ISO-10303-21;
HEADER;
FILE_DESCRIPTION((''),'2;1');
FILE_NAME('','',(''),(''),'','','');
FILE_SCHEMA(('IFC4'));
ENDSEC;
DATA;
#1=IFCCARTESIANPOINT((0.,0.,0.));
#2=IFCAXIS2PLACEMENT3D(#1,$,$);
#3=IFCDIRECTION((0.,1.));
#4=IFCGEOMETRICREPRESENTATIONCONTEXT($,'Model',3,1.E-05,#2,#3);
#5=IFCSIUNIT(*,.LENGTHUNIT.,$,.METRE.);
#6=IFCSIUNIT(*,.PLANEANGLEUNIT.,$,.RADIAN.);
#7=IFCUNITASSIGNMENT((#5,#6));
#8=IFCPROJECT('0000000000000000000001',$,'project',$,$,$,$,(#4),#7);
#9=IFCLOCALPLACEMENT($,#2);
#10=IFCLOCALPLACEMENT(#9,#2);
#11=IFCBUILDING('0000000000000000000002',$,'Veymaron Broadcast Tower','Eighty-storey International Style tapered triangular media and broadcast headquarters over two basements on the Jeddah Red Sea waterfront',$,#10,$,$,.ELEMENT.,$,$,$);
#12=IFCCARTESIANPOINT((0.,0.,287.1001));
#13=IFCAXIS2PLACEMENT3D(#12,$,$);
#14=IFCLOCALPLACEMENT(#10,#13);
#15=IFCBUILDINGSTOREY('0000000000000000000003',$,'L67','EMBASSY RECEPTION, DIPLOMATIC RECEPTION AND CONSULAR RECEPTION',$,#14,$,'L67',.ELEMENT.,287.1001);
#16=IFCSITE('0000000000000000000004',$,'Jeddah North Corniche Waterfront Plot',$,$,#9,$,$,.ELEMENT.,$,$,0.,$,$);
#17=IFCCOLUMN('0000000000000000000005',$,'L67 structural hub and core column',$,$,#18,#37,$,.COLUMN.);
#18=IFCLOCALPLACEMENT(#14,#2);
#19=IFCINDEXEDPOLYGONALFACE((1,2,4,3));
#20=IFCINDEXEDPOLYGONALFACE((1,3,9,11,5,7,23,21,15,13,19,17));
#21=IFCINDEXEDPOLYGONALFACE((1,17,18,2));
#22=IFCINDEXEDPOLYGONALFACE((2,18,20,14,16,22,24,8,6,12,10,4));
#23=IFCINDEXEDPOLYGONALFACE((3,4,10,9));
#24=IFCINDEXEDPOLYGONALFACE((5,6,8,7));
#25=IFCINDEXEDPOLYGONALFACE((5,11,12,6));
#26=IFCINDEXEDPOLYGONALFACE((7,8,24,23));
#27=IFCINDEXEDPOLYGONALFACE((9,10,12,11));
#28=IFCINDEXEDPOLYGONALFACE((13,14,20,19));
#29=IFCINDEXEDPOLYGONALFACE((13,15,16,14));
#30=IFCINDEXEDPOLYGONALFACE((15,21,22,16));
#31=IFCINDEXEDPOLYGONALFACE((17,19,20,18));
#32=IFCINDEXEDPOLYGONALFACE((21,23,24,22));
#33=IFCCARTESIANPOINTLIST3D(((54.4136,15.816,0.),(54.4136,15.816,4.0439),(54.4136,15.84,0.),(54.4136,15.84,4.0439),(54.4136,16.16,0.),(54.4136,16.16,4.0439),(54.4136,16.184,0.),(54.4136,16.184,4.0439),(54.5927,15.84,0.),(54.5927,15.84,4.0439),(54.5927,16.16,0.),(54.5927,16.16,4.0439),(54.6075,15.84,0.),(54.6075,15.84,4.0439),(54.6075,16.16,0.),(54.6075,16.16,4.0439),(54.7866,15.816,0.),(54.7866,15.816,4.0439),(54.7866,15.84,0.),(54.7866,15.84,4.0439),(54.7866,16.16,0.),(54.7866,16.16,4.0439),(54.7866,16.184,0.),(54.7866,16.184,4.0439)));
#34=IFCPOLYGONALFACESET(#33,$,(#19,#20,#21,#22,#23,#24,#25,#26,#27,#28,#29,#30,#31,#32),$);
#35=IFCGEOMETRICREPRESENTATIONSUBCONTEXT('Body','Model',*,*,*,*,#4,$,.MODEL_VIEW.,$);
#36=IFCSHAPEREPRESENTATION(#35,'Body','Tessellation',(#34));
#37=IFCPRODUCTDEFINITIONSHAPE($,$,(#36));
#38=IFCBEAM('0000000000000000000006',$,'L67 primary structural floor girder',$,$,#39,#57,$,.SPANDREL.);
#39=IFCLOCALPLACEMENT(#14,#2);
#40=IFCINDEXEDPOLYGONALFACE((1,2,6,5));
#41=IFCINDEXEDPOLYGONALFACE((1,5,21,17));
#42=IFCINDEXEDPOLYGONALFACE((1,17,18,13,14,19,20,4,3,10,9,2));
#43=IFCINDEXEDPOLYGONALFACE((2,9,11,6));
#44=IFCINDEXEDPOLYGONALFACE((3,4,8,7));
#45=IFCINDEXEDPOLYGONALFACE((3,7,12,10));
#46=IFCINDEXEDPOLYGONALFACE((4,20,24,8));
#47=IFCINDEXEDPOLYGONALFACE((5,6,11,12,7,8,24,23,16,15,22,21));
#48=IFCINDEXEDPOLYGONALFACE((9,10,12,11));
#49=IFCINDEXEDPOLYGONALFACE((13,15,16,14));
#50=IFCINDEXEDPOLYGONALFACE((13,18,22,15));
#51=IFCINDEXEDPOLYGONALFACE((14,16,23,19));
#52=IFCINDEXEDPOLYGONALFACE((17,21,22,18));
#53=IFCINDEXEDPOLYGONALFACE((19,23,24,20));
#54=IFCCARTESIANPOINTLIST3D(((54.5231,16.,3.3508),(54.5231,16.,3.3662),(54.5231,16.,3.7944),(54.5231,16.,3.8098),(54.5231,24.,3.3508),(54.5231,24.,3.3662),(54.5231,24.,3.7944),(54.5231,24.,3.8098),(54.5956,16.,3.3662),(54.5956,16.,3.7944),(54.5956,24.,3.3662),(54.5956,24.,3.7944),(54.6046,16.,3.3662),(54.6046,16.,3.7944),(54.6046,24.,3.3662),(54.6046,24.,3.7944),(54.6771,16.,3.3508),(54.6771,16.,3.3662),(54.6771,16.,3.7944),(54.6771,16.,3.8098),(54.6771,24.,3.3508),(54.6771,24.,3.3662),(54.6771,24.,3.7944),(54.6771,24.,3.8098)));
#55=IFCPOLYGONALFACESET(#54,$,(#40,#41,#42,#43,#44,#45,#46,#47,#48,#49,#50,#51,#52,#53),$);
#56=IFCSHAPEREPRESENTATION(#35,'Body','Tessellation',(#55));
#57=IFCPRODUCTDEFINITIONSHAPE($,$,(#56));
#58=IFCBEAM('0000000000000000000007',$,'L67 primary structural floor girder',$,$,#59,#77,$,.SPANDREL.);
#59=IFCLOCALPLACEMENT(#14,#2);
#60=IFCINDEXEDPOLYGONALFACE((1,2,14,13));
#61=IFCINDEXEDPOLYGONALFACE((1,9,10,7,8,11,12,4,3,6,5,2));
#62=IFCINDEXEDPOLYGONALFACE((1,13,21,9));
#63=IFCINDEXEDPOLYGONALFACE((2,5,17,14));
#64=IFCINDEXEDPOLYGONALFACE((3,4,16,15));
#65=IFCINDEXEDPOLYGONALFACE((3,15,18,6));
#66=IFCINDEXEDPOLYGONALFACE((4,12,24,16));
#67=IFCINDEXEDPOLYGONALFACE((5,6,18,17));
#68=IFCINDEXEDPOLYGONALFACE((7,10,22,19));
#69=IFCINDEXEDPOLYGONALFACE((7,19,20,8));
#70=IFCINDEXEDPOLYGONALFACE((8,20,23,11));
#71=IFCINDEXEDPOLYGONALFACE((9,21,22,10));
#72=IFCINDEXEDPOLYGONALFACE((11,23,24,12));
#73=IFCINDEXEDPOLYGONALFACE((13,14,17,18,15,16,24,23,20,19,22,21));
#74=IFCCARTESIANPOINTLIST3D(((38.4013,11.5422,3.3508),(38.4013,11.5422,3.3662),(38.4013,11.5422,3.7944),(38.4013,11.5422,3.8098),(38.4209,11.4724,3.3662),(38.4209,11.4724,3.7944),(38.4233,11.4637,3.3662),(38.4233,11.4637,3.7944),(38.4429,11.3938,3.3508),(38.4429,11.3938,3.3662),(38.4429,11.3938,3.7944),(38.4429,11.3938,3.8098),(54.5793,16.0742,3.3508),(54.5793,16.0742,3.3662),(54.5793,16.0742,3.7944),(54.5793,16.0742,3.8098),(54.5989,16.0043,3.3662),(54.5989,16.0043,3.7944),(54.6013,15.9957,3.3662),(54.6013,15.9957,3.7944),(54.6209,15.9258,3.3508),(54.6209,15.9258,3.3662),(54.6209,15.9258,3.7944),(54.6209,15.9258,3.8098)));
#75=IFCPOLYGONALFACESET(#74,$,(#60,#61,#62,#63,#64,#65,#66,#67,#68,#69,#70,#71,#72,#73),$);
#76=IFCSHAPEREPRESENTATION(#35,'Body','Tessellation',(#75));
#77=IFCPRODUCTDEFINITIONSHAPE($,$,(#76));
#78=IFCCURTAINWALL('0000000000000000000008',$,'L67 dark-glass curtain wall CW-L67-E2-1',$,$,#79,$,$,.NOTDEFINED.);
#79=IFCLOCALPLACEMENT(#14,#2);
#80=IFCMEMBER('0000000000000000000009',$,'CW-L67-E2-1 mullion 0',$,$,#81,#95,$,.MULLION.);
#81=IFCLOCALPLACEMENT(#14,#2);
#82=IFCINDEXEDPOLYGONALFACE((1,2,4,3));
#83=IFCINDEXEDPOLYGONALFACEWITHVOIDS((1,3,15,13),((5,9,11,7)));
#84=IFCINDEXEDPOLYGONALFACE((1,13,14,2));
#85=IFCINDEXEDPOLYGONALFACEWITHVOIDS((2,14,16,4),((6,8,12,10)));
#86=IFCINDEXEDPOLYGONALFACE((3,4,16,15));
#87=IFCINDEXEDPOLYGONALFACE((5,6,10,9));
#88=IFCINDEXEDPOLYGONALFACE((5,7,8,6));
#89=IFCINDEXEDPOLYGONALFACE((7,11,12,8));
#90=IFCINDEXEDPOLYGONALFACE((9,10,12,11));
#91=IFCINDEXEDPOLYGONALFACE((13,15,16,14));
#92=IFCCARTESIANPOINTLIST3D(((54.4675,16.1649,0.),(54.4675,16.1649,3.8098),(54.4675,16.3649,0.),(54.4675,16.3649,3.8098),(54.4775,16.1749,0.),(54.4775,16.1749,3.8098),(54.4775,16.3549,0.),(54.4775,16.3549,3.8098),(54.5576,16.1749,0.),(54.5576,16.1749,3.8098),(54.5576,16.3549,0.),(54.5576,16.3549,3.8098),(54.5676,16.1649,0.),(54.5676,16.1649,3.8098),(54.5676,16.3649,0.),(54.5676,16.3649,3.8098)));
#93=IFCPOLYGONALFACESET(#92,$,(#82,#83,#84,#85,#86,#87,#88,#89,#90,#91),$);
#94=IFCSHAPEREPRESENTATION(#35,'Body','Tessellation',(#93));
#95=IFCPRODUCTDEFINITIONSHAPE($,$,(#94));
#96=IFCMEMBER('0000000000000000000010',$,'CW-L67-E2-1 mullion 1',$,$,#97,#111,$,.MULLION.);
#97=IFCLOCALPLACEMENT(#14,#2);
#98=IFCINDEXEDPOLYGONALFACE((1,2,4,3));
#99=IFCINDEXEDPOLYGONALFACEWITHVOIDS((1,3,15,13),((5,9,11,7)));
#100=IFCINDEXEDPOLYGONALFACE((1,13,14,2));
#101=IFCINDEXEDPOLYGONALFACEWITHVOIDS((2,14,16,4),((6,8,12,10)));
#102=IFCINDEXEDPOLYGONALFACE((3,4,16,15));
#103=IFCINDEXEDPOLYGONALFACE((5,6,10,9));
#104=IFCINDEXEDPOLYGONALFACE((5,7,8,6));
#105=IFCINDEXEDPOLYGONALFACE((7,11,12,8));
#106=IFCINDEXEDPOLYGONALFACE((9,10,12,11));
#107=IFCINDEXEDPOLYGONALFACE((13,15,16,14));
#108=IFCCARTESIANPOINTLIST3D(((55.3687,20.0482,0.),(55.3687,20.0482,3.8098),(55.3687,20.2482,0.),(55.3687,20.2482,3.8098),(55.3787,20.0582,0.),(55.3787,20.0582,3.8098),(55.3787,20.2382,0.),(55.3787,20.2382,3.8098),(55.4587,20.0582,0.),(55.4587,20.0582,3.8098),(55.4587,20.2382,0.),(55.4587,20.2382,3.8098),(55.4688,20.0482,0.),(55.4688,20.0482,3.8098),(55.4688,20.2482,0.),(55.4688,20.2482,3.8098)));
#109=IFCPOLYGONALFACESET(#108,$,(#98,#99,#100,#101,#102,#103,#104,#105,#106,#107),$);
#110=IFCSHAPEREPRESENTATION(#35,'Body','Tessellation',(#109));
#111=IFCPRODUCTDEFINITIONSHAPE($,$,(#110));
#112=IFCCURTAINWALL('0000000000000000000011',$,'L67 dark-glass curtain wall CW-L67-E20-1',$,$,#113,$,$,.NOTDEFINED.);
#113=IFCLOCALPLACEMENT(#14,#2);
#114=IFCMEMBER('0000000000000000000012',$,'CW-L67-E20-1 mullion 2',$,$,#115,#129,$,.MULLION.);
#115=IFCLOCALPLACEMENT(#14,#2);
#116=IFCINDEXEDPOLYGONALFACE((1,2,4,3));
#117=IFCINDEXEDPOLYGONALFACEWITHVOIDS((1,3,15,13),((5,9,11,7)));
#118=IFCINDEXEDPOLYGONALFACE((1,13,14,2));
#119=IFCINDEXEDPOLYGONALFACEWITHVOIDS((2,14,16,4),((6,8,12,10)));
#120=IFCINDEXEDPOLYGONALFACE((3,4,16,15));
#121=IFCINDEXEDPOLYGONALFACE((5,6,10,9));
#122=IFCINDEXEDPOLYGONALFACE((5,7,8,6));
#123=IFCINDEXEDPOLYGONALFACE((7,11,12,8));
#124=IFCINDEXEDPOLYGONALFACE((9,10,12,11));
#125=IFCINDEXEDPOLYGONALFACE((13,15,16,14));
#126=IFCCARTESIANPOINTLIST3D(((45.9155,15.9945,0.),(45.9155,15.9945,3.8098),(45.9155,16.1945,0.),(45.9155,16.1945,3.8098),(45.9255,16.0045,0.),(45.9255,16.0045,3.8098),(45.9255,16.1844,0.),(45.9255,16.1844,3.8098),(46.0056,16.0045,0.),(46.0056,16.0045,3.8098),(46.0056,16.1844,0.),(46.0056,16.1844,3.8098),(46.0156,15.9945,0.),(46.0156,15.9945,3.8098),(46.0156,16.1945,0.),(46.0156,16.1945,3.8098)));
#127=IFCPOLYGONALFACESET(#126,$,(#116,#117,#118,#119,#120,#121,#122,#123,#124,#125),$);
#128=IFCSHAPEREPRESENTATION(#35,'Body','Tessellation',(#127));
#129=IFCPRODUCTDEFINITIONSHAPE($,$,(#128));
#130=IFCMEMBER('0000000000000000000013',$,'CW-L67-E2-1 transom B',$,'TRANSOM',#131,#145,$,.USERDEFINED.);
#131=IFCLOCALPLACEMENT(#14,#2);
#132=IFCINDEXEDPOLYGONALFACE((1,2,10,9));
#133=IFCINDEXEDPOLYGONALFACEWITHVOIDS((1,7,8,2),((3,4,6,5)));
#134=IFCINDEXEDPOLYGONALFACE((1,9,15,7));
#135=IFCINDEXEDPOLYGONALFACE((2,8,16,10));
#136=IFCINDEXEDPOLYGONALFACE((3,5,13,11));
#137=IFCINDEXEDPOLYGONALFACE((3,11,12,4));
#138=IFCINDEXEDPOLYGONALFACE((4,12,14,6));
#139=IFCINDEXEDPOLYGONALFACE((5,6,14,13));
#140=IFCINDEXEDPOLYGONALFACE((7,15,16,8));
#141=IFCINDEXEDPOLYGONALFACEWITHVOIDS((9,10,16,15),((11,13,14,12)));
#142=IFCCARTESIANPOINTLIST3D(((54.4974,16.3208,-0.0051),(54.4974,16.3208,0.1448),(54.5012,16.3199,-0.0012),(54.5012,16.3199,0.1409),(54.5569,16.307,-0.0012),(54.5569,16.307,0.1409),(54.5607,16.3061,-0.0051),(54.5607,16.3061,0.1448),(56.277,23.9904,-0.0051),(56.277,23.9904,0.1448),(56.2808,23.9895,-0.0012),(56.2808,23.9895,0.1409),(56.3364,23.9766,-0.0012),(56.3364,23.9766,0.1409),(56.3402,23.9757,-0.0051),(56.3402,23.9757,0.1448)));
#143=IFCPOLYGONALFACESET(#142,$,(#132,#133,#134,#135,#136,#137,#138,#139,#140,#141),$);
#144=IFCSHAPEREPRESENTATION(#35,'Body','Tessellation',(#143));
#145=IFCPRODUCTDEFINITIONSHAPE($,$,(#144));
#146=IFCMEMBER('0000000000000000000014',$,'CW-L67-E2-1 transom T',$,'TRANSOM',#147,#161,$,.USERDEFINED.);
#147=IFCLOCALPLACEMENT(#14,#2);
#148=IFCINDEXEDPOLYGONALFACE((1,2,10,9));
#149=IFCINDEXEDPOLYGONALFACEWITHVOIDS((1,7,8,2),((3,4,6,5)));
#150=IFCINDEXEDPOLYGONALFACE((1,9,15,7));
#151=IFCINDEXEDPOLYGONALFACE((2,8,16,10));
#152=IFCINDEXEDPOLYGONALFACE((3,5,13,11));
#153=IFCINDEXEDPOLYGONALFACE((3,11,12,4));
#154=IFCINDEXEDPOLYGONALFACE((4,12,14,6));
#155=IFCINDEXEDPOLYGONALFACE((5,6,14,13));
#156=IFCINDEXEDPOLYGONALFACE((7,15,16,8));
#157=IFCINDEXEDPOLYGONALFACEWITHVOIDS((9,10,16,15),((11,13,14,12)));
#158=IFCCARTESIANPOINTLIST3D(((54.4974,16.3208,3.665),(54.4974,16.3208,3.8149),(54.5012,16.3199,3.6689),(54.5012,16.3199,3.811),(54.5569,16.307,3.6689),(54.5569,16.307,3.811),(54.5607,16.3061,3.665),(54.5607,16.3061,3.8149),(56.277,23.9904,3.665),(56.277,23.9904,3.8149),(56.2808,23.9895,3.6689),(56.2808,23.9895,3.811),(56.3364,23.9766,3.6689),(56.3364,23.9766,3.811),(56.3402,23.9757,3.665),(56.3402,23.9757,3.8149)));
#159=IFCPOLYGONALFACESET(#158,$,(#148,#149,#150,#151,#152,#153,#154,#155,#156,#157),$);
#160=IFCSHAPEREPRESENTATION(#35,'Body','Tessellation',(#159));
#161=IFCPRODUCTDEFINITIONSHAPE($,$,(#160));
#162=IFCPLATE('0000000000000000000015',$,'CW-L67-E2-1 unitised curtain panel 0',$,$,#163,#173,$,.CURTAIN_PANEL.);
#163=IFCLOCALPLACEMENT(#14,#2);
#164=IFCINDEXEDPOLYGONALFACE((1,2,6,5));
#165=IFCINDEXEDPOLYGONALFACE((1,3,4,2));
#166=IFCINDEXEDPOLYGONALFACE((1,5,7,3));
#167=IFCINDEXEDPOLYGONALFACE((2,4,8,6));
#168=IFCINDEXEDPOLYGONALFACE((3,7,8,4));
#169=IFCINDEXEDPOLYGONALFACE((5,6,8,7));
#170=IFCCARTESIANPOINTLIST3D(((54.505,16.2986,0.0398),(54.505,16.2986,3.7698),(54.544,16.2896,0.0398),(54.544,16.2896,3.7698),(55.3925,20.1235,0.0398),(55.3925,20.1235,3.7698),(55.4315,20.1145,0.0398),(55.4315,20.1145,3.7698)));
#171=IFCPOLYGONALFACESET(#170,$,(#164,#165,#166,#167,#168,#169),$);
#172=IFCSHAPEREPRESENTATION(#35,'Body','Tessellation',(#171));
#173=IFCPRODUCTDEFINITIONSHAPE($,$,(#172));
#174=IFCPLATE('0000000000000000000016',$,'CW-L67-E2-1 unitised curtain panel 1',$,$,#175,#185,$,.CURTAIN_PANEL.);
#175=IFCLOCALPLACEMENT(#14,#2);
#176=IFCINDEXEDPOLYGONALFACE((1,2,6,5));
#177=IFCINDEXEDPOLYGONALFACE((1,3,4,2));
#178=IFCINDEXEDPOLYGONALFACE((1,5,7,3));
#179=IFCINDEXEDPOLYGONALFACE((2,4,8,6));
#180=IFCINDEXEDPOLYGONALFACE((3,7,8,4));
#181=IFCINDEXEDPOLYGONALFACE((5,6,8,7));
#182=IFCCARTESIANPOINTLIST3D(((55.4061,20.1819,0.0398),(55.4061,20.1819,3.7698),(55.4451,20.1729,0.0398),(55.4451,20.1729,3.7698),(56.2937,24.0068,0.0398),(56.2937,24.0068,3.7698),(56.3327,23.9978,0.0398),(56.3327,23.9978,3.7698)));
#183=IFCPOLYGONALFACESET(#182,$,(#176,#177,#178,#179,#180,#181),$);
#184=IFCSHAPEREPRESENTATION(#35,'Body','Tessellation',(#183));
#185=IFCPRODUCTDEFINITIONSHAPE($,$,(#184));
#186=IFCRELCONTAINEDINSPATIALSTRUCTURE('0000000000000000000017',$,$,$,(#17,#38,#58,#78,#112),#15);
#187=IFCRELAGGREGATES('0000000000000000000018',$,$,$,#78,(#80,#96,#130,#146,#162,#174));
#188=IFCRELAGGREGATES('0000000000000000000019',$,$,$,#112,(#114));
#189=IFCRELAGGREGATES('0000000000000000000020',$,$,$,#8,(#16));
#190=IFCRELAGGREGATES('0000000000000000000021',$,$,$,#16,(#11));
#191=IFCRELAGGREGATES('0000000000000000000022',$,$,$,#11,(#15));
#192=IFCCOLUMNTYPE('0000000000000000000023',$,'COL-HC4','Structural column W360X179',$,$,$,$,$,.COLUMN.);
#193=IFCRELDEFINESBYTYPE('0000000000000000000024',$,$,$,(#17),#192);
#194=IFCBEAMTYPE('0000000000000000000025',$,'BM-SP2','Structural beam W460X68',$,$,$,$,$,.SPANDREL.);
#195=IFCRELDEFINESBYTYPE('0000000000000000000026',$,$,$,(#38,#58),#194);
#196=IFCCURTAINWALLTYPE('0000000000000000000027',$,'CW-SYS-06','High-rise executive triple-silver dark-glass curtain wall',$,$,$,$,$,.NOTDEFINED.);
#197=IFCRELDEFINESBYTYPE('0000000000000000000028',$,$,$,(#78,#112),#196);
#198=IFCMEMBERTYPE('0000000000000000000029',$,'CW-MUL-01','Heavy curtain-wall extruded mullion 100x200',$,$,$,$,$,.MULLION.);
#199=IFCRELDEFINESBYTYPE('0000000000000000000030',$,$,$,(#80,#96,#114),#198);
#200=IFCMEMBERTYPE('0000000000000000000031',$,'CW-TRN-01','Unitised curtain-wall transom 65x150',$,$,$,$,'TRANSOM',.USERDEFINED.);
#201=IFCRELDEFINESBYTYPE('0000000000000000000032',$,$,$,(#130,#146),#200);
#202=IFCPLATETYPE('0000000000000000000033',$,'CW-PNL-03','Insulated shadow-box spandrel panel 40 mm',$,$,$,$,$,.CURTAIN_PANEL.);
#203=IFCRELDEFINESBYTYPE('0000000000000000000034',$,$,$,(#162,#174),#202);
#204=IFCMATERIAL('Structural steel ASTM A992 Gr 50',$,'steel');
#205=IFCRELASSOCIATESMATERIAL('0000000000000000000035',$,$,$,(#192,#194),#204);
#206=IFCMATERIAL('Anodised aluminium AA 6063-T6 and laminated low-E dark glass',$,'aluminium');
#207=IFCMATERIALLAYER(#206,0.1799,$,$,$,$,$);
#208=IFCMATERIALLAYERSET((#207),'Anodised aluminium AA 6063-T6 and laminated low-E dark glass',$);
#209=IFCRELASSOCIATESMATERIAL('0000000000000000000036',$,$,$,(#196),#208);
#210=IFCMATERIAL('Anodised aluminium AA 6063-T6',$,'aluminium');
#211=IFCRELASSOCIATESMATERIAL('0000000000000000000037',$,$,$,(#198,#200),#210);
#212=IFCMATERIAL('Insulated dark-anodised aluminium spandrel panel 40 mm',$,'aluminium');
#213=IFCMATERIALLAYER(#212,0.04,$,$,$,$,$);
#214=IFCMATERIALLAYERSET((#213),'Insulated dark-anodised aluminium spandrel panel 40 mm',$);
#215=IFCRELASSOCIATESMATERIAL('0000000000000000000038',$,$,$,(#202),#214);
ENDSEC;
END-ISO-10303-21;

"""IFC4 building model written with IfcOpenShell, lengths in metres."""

from ifc_helpers import new_model, si_unit, direction, frame, origin, origin_2d, place, context, subcontext, project, spatial, rectangle, hollow_rectangle, i_section, extrude, material, layer, layer_set, material_profile, profile_set, type_object, element, aggregate, save


model = new_model("IFC4")

# Units and contexts
model_context = context("Model", 3, precision=1e-05, world=origin(), true_north=direction((0.0, 1.0)))
body_context = subcontext(model_context, "Body", "Model", "MODEL_VIEW")
ifc_project = project(units=[si_unit("LENGTHUNIT", "METRE"), si_unit("PLANEANGLEUNIT", "RADIAN")], contexts=[model_context])

# Site, building, storey
site_placement = place(None, origin())
site = spatial("IfcSite", under=ifc_project, at=site_placement, Name="Jeddah North Corniche Waterfront Plot", CompositionType="ELEMENT", RefElevation=0.0)
building_placement = place(site_placement, origin())
building = spatial("IfcBuilding", under=site, at=building_placement, Name="Veymaron Broadcast Tower", Description="Eighty-storey International Style tapered triangular media and broadcast headquarters over two basements on the Jeddah Red Sea waterfront", CompositionType="ELEMENT")
storey_placement = place(building_placement, frame((0.0, 0.0, 287.1001)))
storey = spatial("IfcBuildingStorey", under=building, at=storey_placement, Name="L67", Description="EMBASSY RECEPTION, DIPLOMATIC RECEPTION AND CONSULAR RECEPTION", LongName="L67", CompositionType="ELEMENT", Elevation=287.1001)

# Column
ifc_material_1 = material(Name="Structural steel ASTM A992 Gr 50", Category="steel")
ifc_material_profile_1 = material_profile(ifc_material_1, i_section(OverallWidth=0.373, OverallDepth=0.3679, WebThickness=0.0149, FlangeThickness=0.0239, at=origin_2d()), Name="W360X179")
ifc_profile_set_1 = profile_set([ifc_material_profile_1], Name="Structural steel ASTM A992 Gr 50")
column_type = type_object("IfcColumnType", Name="COL-HC4", Description="Structural column W360X179", PredefinedType="COLUMN", material=ifc_profile_set_1)
column_placement = place(storey_placement, frame((54.6001, 16.0, 0.0), z_axis=(0.0, 0.0, 1.0), x_axis=(1.0, 0.0, 0.0)))
element("IfcColumn", 1, at=column_placement, inside=storey, type_object=column_type, Name="L67 structural hub and core column", PredefinedType="COLUMN", context=body_context, shape_type="SweptSolid", body=[
    extrude(i_section(OverallWidth=0.373, OverallDepth=0.3679, WebThickness=0.0149, FlangeThickness=0.0239, at=origin_2d()), origin(), (0.0, 0.0, 1.0), 4.0439),
])

# Beams
ifc_material_profile_2 = material_profile(ifc_material_1, i_section(OverallWidth=0.1541, OverallDepth=0.459, WebThickness=0.009, FlangeThickness=0.0154, at=origin_2d()), Name="W460X68")
ifc_profile_set_2 = profile_set([ifc_material_profile_2], Name="Structural steel ASTM A992 Gr 50")
beam_type = type_object("IfcBeamType", Name="BM-SP2", Description="Structural beam W460X68", PredefinedType="SPANDREL", material=ifc_profile_set_2)
beam_1_placement = place(storey_placement, frame((54.6001, 16.0, 3.5803), z_axis=(0.0, 1.0, 0.0), x_axis=(-1.0, 0.0, 0.0)))
element("IfcBeam", 2, at=beam_1_placement, inside=storey, type_object=beam_type, Name="L67 primary structural floor girder", PredefinedType="SPANDREL", context=body_context, shape_type="SweptSolid", body=[
    extrude(i_section(OverallWidth=0.1541, OverallDepth=0.459, WebThickness=0.009, FlangeThickness=0.0154, at=origin_2d()), origin(), (0.0, 0.0, 1.0), 8.0),
])
beam_2_placement = place(storey_placement, frame((54.6001, 16.0, 3.5803), z_axis=(-0.962931, -0.269749, 0.0), x_axis=(0.269749, -0.962931, 0.0)))
element("IfcBeam", 3, at=beam_2_placement, inside=storey, type_object=beam_type, Name="L67 primary structural floor girder", PredefinedType="SPANDREL", context=body_context, shape_type="SweptSolid", body=[
    extrude(i_section(OverallWidth=0.1541, OverallDepth=0.459, WebThickness=0.009, FlangeThickness=0.0154, at=origin_2d()), origin(), (0.0, 0.0, 1.0), 16.8008),
])

# Curtain wall, members
ifc_material_2 = material(Name="Anodised aluminium AA 6063-T6 and laminated low-E dark glass", Category="aluminium")
ifc_layer_1 = layer(ifc_material_2, 0.1799)
ifc_layer_set_1 = layer_set([ifc_layer_1], Name="Anodised aluminium AA 6063-T6 and laminated low-E dark glass")
curtain_wall_type = type_object("IfcCurtainWallType", Name="CW-SYS-06", Description="High-rise executive triple-silver dark-glass curtain wall", PredefinedType="NOTDEFINED", material=ifc_layer_set_1)
curtain_wall_1_placement = place(storey_placement, origin())
curtain_wall_1 = element("IfcCurtainWall", 4, at=curtain_wall_1_placement, inside=storey, type_object=curtain_wall_type, Name="L67 dark-glass curtain wall CW-L67-E2-1", PredefinedType="NOTDEFINED")
ifc_material_3 = material(Name="Anodised aluminium AA 6063-T6", Category="aluminium")
ifc_material_profile_3 = material_profile(ifc_material_3, hollow_rectangle(XDim=0.1001, YDim=0.2, WallThickness=0.01, at=origin_2d()), Name="RHS200X100X10")
ifc_profile_set_3 = profile_set([ifc_material_profile_3], Name="Anodised aluminium AA 6063-T6")
member_type_1 = type_object("IfcMemberType", Name="CW-MUL-01", Description="Heavy curtain-wall extruded mullion 100x200", PredefinedType="MULLION", material=ifc_profile_set_3)
member_1_placement = place(storey_placement, frame((54.5176, 16.2649, 0.0), z_axis=(0.0, 0.0, 1.0), x_axis=(1.0, 0.0, 0.0)))
member_1 = element("IfcMember", 5, at=member_1_placement, type_object=member_type_1, Name="CW-L67-E2-1 mullion 0", PredefinedType="MULLION", context=body_context, shape_type="SweptSolid", body=[
    extrude(hollow_rectangle(XDim=0.1001, YDim=0.2, WallThickness=0.01, at=origin_2d()), origin(), (0.0, 0.0, 1.0), 3.8098),
])
member_2_placement = place(storey_placement, frame((55.4187, 20.1482, 0.0), z_axis=(0.0, 0.0, 1.0), x_axis=(1.0, 0.0, 0.0)))
member_2 = element("IfcMember", 6, at=member_2_placement, type_object=member_type_1, Name="CW-L67-E2-1 mullion 1", PredefinedType="MULLION", context=body_context, shape_type="SweptSolid", body=[
    extrude(hollow_rectangle(XDim=0.1001, YDim=0.2, WallThickness=0.01, at=origin_2d()), origin(), (0.0, 0.0, 1.0), 3.8098),
])

# Curtain wall, member
curtain_wall_2_placement = place(storey_placement, origin())
curtain_wall_2 = element("IfcCurtainWall", 7, at=curtain_wall_2_placement, inside=storey, type_object=curtain_wall_type, Name="L67 dark-glass curtain wall CW-L67-E20-1", PredefinedType="NOTDEFINED")
member_3_placement = place(storey_placement, frame((45.9656, 16.0945, 0.0), z_axis=(0.0, 0.0, 1.0), x_axis=(1.0, 0.0, 0.0)))
member_3 = element("IfcMember", 8, at=member_3_placement, type_object=member_type_1, Name="CW-L67-E20-1 mullion 2", PredefinedType="MULLION", context=body_context, shape_type="SweptSolid", body=[
    extrude(hollow_rectangle(XDim=0.1001, YDim=0.2, WallThickness=0.01, at=origin_2d()), origin(), (0.0, 0.0, 1.0), 3.8098),
])

# Members
ifc_material_profile_4 = material_profile(ifc_material_3, hollow_rectangle(XDim=0.0649, YDim=0.1499, WallThickness=0.0039, at=origin_2d()), Name="AL150X65X4")
ifc_profile_set_4 = profile_set([ifc_material_profile_4], Name="Anodised aluminium AA 6063-T6")
member_type_2 = type_object("IfcMemberType", Name="CW-TRN-01", Description="Unitised curtain-wall transom 65x150", ElementType="TRANSOM", PredefinedType="USERDEFINED", material=ifc_profile_set_4)
member_4_placement = place(storey_placement, frame((54.5291, 16.3135, 0.0698), z_axis=(0.226026, 0.974121, 0.0), x_axis=(-0.974121, 0.226026, 0.0)))
member_4 = element("IfcMember", 9, at=member_4_placement, type_object=member_type_2, Name="CW-L67-E2-1 transom B", ObjectType="TRANSOM", PredefinedType="USERDEFINED", context=body_context, shape_type="SweptSolid", body=[
    extrude(hollow_rectangle(XDim=0.0649, YDim=0.1499, WallThickness=0.0039, at=origin_2d()), origin(), (0.0, 0.0, 1.0), 7.8733),
])
member_5_placement = place(storey_placement, frame((54.5291, 16.3135, 3.74), z_axis=(0.226026, 0.974121, 0.0), x_axis=(-0.974121, 0.226026, 0.0)))
member_5 = element("IfcMember", 10, at=member_5_placement, type_object=member_type_2, Name="CW-L67-E2-1 transom T", ObjectType="TRANSOM", PredefinedType="USERDEFINED", context=body_context, shape_type="SweptSolid", body=[
    extrude(hollow_rectangle(XDim=0.0649, YDim=0.1499, WallThickness=0.0039, at=origin_2d()), origin(), (0.0, 0.0, 1.0), 7.8733),
])

# Plates
ifc_material_4 = material(Name="Insulated dark-anodised aluminium spandrel panel 40 mm", Category="aluminium")
ifc_layer_2 = layer(ifc_material_4, 0.04)
ifc_layer_set_2 = layer_set([ifc_layer_2], Name="Insulated dark-anodised aluminium spandrel panel 40 mm")
plate_type_1 = type_object("IfcPlateType", Name="CW-PNL-03", Description="Insulated shadow-box spandrel panel 40 mm", PredefinedType="CURTAIN_PANEL", material=ifc_layer_set_2)
plate_1_placement = place(storey_placement, frame((54.9683, 18.2065, 0.0398), z_axis=(0.0, 0.0, 1.0), x_axis=(0.226039, 0.974118, 0.0)))
plate_1 = element("IfcPlate", 11, at=plate_1_placement, type_object=plate_type_1, Name="CW-L67-E2-1 unitised curtain panel 0", PredefinedType="CURTAIN_PANEL", context=body_context, shape_type="SweptSolid", body=[
    extrude(rectangle(XDim=3.9265, YDim=0.04, at=origin_2d()), origin(), (0.0, 0.0, 1.0), 3.73),
])
plate_2_placement = place(storey_placement, frame((55.8694, 22.0898, 0.0398), z_axis=(0.0, 0.0, 1.0), x_axis=(0.226039, 0.974118, 0.0)))
plate_2 = element("IfcPlate", 12, at=plate_2_placement, type_object=plate_type_1, Name="CW-L67-E2-1 unitised curtain panel 1", PredefinedType="CURTAIN_PANEL", context=body_context, shape_type="SweptSolid", body=[
    extrude(rectangle(XDim=3.9265, YDim=0.04, at=origin_2d()), origin(), (0.0, 0.0, 1.0), 3.73),
])
aggregate(curtain_wall_1, [member_1, member_2, member_4, member_5, plate_1, plate_2])
aggregate(curtain_wall_2, [member_3])

save(model, "model.ifc")
